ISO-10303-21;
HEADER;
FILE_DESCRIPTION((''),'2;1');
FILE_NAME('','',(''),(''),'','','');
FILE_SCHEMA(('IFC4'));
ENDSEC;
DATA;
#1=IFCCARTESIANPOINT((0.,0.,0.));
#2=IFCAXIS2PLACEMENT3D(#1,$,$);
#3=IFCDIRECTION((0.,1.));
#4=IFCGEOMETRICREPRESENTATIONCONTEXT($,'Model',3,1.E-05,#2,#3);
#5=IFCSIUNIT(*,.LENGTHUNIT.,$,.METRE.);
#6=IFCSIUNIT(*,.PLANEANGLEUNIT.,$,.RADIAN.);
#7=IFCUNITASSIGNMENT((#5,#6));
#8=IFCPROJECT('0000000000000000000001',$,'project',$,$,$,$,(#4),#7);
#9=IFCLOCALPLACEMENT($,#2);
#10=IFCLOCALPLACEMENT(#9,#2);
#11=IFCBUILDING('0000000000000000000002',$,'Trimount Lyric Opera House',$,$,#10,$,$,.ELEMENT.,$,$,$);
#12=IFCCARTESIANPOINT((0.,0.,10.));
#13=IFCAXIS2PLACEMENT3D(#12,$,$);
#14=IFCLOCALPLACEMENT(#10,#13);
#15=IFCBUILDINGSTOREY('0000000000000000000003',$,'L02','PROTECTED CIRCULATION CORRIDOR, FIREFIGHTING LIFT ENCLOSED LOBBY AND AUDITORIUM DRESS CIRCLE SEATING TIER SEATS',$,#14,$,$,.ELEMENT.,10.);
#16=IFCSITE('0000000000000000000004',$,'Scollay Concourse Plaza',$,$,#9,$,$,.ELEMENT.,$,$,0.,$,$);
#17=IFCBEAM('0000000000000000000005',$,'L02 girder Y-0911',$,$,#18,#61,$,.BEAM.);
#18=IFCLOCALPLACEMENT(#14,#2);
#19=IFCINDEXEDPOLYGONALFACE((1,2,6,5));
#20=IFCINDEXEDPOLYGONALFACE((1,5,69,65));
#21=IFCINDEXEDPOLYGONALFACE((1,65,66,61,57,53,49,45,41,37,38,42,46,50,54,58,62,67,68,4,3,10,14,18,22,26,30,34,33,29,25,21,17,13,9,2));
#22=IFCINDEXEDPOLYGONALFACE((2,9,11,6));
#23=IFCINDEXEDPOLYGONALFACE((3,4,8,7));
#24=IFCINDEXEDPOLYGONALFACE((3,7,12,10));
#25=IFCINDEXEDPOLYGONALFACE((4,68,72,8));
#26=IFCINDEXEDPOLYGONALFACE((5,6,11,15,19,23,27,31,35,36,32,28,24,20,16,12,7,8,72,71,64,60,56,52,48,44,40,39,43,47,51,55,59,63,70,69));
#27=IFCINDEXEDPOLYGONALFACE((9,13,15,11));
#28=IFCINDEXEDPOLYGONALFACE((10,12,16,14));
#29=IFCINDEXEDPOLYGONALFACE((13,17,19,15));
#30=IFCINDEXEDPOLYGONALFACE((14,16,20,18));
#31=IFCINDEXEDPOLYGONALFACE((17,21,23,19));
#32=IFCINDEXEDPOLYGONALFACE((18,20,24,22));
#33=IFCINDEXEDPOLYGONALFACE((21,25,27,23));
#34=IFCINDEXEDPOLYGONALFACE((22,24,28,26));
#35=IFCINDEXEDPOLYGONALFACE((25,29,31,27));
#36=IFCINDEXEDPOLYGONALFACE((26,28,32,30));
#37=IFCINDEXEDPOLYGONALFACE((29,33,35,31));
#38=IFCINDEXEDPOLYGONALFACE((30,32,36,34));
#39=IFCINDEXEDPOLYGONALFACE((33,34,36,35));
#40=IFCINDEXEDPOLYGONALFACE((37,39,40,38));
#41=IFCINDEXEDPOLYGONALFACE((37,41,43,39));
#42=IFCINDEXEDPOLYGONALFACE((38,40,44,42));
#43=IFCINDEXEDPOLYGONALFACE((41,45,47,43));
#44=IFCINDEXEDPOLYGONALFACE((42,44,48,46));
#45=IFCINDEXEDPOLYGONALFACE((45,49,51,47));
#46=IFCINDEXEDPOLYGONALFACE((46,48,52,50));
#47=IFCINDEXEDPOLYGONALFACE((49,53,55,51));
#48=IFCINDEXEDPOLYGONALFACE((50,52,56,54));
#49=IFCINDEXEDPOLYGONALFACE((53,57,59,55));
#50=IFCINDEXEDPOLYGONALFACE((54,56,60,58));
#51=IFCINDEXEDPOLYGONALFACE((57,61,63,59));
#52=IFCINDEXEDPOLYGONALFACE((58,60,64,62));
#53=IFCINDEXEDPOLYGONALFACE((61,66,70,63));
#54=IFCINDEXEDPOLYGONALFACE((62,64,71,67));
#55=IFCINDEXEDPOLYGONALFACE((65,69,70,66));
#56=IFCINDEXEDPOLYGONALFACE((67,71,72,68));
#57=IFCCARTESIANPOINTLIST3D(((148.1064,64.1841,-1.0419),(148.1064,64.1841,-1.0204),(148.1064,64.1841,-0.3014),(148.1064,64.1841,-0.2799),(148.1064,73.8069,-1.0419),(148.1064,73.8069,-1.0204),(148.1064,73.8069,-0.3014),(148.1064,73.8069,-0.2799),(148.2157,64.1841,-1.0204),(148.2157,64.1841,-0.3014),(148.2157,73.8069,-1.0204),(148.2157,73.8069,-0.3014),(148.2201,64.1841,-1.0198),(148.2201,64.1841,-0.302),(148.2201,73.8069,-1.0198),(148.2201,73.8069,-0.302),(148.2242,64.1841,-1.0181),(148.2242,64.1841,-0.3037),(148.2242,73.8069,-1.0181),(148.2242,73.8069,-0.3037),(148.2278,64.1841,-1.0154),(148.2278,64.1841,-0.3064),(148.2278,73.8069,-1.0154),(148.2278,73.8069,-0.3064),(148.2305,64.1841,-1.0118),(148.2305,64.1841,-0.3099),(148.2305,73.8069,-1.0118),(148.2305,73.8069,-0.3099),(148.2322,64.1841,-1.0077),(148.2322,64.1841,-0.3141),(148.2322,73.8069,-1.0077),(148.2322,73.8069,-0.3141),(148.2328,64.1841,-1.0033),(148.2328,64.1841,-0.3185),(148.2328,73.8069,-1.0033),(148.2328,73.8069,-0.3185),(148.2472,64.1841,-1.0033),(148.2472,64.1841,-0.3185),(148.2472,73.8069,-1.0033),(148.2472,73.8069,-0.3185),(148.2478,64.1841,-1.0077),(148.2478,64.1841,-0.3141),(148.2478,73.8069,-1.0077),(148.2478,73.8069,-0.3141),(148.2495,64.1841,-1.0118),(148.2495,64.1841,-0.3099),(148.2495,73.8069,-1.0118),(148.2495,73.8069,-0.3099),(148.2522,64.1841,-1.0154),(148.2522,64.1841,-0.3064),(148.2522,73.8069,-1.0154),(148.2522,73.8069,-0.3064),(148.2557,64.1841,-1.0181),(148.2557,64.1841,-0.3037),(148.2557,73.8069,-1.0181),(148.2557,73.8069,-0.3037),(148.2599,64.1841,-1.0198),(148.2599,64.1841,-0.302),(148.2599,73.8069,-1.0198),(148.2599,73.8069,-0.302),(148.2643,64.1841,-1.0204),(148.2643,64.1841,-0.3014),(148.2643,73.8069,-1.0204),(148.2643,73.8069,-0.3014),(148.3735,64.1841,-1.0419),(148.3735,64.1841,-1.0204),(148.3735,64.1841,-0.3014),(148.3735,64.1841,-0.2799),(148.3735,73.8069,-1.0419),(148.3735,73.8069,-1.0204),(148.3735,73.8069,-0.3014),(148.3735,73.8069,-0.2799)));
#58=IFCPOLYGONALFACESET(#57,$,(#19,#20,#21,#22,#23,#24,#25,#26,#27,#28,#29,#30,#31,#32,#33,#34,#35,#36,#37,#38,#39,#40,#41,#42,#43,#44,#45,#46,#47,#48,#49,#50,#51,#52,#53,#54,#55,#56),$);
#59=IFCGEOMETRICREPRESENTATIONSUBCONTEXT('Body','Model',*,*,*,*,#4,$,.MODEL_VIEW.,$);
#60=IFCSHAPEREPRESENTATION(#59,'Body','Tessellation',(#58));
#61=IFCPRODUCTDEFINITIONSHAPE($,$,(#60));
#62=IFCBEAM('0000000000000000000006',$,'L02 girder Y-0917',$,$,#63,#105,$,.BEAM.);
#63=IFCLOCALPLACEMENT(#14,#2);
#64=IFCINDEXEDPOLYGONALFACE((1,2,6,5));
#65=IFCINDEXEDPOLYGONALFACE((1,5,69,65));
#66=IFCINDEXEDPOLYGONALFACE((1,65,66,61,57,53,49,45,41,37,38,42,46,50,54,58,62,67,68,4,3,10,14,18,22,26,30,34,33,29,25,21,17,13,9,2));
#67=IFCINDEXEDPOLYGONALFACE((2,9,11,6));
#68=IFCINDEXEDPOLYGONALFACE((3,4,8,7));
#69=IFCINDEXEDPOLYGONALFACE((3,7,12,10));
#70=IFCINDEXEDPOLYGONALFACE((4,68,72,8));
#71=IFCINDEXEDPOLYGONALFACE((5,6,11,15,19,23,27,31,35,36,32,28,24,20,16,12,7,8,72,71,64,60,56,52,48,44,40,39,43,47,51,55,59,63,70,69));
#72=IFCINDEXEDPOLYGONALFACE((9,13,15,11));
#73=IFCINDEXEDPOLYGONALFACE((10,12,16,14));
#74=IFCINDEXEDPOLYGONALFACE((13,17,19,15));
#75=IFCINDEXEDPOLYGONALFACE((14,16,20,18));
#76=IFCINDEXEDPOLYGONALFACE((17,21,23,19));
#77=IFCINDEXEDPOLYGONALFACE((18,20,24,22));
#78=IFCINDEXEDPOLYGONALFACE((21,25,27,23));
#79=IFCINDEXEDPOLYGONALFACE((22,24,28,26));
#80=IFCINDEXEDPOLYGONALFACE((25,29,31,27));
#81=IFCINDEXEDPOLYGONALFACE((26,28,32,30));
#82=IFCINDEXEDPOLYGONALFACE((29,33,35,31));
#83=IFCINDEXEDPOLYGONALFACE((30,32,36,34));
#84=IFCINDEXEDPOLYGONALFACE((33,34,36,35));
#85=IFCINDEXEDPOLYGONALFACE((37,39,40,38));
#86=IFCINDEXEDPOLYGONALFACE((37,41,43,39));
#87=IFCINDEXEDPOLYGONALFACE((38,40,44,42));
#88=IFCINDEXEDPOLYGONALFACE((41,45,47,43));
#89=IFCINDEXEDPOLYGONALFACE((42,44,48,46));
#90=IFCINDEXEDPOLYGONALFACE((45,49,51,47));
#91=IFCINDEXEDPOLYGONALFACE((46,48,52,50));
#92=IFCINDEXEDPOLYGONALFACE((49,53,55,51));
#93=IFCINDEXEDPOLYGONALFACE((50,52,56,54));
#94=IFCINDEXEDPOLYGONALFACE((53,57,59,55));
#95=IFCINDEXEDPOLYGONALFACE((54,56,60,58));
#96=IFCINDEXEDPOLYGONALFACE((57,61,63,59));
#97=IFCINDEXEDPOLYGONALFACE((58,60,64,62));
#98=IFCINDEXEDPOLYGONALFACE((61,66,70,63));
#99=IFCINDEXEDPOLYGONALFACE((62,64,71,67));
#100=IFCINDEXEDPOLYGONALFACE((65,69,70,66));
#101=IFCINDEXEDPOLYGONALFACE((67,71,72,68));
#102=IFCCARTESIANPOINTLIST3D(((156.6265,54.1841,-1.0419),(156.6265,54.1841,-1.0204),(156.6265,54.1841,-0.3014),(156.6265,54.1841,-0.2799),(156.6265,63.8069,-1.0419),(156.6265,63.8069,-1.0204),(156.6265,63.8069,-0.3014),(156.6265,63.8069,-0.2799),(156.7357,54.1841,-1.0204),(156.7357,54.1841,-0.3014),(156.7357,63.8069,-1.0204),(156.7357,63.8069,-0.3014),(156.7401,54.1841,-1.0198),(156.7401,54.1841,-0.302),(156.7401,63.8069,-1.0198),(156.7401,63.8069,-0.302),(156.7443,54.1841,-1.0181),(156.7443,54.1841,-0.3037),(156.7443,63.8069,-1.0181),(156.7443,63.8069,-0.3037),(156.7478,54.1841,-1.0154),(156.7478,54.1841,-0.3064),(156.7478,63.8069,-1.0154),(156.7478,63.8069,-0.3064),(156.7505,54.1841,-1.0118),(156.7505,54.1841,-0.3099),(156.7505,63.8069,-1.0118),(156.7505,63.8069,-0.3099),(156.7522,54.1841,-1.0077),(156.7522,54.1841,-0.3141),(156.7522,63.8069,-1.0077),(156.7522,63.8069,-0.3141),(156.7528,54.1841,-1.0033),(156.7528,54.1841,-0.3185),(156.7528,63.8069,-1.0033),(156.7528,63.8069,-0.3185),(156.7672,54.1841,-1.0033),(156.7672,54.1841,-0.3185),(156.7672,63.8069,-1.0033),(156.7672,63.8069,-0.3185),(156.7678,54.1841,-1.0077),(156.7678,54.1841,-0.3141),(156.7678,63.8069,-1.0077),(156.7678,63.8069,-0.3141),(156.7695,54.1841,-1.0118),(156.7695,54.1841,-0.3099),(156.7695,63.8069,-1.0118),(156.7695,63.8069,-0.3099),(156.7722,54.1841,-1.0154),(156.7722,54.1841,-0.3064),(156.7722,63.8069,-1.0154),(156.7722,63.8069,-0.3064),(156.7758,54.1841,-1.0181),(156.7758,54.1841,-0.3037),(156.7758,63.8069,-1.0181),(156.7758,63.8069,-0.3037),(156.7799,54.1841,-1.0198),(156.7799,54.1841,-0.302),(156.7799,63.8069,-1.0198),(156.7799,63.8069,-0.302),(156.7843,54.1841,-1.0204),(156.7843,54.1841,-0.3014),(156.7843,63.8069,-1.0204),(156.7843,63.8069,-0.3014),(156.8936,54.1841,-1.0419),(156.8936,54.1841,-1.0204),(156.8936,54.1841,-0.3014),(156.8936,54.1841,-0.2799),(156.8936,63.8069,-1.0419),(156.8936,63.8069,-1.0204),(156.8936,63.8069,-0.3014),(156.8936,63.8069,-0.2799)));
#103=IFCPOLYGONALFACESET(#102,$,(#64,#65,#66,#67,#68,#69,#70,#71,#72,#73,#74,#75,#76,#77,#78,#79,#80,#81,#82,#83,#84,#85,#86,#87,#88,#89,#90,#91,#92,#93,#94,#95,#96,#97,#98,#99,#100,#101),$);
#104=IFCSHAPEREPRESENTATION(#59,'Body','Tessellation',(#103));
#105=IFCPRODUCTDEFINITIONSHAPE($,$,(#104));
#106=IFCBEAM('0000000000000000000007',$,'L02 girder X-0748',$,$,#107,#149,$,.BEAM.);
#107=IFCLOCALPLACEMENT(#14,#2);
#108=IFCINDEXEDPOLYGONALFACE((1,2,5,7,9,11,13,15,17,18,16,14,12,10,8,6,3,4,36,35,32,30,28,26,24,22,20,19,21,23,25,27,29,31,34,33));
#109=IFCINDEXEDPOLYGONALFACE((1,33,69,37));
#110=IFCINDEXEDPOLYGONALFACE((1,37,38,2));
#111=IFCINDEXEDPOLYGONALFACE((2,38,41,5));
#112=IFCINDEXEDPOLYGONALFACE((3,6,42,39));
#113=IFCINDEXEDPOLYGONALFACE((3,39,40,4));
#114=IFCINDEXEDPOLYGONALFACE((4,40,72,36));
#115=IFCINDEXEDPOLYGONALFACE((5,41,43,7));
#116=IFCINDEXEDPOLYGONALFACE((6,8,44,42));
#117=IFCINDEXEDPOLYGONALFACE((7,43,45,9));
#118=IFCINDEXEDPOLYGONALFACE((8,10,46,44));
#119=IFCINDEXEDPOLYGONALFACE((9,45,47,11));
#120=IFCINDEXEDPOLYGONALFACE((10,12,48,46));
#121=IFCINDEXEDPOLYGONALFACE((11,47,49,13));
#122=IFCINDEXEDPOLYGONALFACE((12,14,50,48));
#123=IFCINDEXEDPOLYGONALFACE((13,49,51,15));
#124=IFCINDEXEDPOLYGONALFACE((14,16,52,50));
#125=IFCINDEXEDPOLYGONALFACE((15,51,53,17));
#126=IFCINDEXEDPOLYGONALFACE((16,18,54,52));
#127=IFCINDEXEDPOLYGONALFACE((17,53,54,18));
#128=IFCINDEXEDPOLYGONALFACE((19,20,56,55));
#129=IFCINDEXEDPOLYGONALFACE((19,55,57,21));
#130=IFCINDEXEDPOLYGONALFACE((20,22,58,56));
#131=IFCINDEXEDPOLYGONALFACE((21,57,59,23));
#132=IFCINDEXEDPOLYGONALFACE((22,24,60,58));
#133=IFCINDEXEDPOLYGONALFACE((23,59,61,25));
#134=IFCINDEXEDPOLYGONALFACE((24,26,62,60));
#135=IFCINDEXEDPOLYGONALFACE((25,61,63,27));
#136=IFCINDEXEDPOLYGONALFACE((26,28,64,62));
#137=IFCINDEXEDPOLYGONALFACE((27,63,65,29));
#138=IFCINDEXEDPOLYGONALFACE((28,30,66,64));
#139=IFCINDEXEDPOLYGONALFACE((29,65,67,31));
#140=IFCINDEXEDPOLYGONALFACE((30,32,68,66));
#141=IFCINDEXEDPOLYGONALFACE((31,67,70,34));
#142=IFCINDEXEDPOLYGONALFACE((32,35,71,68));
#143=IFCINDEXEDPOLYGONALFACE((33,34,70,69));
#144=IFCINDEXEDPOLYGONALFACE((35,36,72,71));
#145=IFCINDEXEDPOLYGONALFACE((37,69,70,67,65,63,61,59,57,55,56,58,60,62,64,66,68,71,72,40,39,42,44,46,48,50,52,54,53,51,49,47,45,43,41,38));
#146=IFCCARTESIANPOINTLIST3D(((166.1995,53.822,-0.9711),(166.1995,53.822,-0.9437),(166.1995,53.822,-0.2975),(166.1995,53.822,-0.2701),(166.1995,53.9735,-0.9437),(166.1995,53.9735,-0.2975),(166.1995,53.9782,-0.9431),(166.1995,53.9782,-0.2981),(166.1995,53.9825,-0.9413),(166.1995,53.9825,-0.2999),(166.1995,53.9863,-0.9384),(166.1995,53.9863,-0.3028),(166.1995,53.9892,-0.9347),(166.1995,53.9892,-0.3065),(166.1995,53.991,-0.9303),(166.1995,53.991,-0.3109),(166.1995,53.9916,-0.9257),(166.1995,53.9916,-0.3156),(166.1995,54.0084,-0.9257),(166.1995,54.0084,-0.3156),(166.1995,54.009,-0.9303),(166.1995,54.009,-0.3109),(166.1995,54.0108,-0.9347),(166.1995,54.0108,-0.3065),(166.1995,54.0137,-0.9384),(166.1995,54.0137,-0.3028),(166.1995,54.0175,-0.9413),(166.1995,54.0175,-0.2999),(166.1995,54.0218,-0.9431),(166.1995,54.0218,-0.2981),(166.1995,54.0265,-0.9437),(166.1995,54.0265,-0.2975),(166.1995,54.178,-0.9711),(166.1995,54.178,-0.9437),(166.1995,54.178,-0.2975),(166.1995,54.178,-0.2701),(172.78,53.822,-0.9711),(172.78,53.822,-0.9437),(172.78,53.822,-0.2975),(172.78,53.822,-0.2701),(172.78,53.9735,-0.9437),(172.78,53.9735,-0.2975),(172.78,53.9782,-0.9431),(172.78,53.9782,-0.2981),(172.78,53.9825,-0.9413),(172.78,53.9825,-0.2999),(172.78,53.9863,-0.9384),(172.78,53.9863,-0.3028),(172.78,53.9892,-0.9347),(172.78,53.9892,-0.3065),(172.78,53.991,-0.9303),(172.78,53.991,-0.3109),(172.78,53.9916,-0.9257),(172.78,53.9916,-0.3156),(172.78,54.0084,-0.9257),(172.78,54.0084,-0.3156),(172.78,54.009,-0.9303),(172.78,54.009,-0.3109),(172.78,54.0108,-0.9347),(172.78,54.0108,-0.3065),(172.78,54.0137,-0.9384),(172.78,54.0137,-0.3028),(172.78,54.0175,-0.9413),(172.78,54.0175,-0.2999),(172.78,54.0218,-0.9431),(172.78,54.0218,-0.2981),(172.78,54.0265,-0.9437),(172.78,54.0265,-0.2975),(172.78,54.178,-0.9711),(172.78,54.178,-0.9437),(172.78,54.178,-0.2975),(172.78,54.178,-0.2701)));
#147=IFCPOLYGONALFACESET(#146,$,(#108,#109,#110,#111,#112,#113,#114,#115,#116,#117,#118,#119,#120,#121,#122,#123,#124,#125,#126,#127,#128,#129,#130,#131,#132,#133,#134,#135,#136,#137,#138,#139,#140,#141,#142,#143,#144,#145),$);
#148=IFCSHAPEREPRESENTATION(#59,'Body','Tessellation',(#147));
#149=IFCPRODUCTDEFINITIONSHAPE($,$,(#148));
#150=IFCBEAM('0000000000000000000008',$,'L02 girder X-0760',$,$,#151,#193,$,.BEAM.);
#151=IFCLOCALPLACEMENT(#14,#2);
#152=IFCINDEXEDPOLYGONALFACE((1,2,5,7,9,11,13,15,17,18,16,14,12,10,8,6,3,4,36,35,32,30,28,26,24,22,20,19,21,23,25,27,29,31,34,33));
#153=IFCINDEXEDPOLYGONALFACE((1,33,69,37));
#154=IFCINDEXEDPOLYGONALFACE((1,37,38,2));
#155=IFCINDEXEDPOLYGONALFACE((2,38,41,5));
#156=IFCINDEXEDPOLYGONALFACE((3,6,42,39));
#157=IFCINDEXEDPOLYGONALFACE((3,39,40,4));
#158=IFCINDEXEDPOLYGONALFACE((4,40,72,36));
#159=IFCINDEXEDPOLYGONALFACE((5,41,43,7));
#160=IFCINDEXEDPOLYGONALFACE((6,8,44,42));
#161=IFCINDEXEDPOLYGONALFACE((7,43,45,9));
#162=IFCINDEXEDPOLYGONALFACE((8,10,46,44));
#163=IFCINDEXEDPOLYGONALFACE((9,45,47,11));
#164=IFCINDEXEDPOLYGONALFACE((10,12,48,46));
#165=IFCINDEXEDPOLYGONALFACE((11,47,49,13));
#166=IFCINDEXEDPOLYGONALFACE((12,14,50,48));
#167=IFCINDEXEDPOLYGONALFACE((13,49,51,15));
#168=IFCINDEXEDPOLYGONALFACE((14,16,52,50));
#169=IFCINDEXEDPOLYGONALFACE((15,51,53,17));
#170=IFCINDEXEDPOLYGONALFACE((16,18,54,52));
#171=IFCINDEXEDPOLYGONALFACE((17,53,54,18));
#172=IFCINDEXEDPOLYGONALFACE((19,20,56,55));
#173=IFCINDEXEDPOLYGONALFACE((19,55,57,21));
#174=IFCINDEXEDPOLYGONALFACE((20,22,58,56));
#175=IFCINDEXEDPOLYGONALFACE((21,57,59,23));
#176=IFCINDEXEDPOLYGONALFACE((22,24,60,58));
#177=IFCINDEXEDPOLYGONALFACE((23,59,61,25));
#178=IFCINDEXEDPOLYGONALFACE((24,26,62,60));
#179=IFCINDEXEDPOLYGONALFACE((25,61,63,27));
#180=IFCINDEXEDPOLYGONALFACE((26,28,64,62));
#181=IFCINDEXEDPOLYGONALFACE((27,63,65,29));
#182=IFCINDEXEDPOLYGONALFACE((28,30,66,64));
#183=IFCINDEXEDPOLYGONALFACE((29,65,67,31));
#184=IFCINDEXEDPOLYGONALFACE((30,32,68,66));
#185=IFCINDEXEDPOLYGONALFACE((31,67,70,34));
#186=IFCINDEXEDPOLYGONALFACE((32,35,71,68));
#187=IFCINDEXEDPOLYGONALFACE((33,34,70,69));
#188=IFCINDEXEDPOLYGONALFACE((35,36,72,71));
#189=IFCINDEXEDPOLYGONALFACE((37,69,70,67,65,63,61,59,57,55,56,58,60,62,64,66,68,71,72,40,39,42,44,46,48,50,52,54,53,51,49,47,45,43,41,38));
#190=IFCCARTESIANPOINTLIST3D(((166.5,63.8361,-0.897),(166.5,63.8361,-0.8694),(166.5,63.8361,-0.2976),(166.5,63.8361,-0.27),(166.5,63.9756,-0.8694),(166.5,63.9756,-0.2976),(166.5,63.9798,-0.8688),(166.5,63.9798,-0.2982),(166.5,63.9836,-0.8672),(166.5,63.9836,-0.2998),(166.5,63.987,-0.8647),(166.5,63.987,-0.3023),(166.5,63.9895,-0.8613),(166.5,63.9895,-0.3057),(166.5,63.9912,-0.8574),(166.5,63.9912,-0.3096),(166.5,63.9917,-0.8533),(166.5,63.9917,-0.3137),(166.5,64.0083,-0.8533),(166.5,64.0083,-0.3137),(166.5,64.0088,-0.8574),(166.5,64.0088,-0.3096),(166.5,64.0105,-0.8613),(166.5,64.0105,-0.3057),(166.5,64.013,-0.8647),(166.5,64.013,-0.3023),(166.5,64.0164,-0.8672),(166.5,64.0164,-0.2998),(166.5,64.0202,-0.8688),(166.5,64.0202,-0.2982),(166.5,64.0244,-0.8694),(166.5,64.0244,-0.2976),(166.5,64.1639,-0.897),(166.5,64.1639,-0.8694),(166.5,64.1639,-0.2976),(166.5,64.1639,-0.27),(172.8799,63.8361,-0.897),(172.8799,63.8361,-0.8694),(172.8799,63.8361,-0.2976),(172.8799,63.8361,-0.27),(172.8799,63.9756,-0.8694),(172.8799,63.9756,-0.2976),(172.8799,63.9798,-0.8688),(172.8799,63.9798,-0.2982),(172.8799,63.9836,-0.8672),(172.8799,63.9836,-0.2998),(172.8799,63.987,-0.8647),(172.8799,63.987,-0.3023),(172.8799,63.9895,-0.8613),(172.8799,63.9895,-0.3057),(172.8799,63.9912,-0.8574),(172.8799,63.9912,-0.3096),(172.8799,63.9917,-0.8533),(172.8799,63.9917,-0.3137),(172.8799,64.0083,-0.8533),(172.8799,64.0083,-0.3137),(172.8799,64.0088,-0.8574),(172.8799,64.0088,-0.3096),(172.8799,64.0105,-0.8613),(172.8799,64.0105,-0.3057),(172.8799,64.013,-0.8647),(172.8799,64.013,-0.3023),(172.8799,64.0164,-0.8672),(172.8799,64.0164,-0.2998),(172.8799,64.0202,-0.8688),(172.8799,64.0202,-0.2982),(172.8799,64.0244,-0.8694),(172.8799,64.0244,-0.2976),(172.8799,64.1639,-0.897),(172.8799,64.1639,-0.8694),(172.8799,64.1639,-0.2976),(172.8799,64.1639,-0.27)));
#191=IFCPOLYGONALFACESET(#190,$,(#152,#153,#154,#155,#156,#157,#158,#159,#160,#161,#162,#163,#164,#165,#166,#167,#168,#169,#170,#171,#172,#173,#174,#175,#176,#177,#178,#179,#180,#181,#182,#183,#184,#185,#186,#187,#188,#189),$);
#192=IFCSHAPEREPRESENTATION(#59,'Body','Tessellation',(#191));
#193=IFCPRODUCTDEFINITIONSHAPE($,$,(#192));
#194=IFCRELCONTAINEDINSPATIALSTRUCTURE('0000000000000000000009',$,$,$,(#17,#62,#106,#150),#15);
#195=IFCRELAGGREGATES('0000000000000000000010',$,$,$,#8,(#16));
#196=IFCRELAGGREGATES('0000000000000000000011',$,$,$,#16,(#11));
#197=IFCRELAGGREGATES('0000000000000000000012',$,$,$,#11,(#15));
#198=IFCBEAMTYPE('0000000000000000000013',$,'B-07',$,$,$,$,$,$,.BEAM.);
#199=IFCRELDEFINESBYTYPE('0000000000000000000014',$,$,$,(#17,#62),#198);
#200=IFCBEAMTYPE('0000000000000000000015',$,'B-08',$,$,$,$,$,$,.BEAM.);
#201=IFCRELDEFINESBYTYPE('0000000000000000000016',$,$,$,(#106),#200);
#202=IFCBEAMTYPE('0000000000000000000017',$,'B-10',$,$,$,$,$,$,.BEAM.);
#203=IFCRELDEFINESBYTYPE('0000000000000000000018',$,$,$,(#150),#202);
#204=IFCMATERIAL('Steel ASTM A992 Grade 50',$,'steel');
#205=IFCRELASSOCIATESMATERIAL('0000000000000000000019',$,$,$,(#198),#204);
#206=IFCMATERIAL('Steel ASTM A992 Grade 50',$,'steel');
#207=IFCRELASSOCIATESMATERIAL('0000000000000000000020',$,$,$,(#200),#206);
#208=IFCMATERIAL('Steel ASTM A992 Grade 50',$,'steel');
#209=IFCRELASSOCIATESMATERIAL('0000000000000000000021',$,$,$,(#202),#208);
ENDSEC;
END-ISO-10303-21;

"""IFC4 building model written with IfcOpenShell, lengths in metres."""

from ifc_helpers import new_model, si_unit, direction, frame, origin, origin_2d, place, context, subcontext, project, spatial, i_section, extrude, material, material_profile, profile_set, type_object, element, save


model = new_model("IFC4")

# Units and contexts
model_context = context("Model", 3, precision=1e-05, world=origin(), true_north=direction((0.0, 1.0)))
body_context = subcontext(model_context, "Body", "Model", "MODEL_VIEW")
ifc_project = project(units=[si_unit("LENGTHUNIT", "METRE"), si_unit("PLANEANGLEUNIT", "RADIAN")], contexts=[model_context])

# Site, building, storey
site_placement = place(None, origin())
site = spatial("IfcSite", under=ifc_project, at=site_placement, Name="Scollay Concourse Plaza", CompositionType="ELEMENT", RefElevation=0.0)
building_placement = place(site_placement, origin())
building = spatial("IfcBuilding", under=site, at=building_placement, Name="Trimount Lyric Opera House", CompositionType="ELEMENT")
storey_placement = place(building_placement, frame((0.0, 0.0, 10.0)))
storey = spatial("IfcBuildingStorey", under=building, at=storey_placement, Name="L02", Description="PROTECTED CIRCULATION CORRIDOR, FIREFIGHTING LIFT ENCLOSED LOBBY AND AUDITORIUM DRESS CIRCLE SEATING TIER SEATS", CompositionType="ELEMENT", Elevation=10.0)

# Beams
ifc_material_1 = material(Name="Steel ASTM A992 Grade 50", Category="steel")
ifc_material_profile_1 = material_profile(ifc_material_1, i_section(OverallWidth=0.2671, OverallDepth=0.762, WebThickness=0.0144, FlangeThickness=0.0215, FilletRadius=0.0171, at=origin_2d()), Name="W30X116")
ifc_profile_set_1 = profile_set([ifc_material_profile_1], Name="Steel ASTM A992 Grade 50")
beam_type_1 = type_object("IfcBeamType", Name="B-07", PredefinedType="BEAM", material=ifc_profile_set_1)
for number, where, z_axis, x_axis, name in (
    (1, (148.24, 64.1841, -0.6609), (0.0, 1.0, 0.0), (-1.0, 0.0, 0.0), "L02 girder Y-0911"),
    (2, (156.76, 54.1841, -0.6609), (0.0, 1.0, 0.0), (-1.0, 0.0, 0.0), "L02 girder Y-0917"),
):
    element("IfcBeam", number, at=place(storey_placement, frame(where, z_axis=z_axis, x_axis=x_axis)), inside=storey, type_object=beam_type_1, Name=name, PredefinedType="BEAM", context=body_context, shape_type="SweptSolid", body=[
        extrude(i_section(OverallWidth=0.2671, OverallDepth=0.762, WebThickness=0.0144, FlangeThickness=0.0215, FilletRadius=0.0171, at=origin_2d()), origin(), (0.0, 0.0, 1.0), 9.6228),
    ])
ifc_material_2 = material(Name="Steel ASTM A992 Grade 50", Category="steel")
ifc_material_profile_2 = material_profile(ifc_material_2, i_section(OverallWidth=0.356, OverallDepth=0.7009, WebThickness=0.0168, FlangeThickness=0.0273, FilletRadius=0.0181, at=origin_2d()), Name="W27X161")
ifc_profile_set_2 = profile_set([ifc_material_profile_2], Name="Steel ASTM A992 Grade 50")
beam_type_2 = type_object("IfcBeamType", Name="B-08", PredefinedType="BEAM", material=ifc_profile_set_2)
beam_1_placement = place(storey_placement, frame((166.1995, 54.0, -0.6206), z_axis=(1.0, 0.0, 0.0), x_axis=(0.0, 1.0, 0.0)))
element("IfcBeam", 3, at=beam_1_placement, inside=storey, type_object=beam_type_2, Name="L02 girder X-0748", PredefinedType="BEAM", context=body_context, shape_type="SweptSolid", body=[
    extrude(i_section(OverallWidth=0.356, OverallDepth=0.7009, WebThickness=0.0168, FlangeThickness=0.0273, FilletRadius=0.0181, at=origin_2d()), origin(), (0.0, 0.0, 1.0), 6.5806),
])
ifc_material_3 = material(Name="Steel ASTM A992 Grade 50", Category="steel")
ifc_material_profile_3 = material_profile(ifc_material_3, i_section(OverallWidth=0.3279, OverallDepth=0.627, WebThickness=0.0166, FlangeThickness=0.0276, FilletRadius=0.0161, at=origin_2d()), Name="W24X146")
ifc_profile_set_3 = profile_set([ifc_material_profile_3], Name="Steel ASTM A992 Grade 50")
beam_type_3 = type_object("IfcBeamType", Name="B-10", PredefinedType="BEAM", material=ifc_profile_set_3)
beam_2_placement = place(storey_placement, frame((166.5, 64.0, -0.5835), z_axis=(1.0, 0.0, 0.0), x_axis=(0.0, 1.0, 0.0)))
element("IfcBeam", 4, at=beam_2_placement, inside=storey, type_object=beam_type_3, Name="L02 girder X-0760", PredefinedType="BEAM", context=body_context, shape_type="SweptSolid", body=[
    extrude(i_section(OverallWidth=0.3279, OverallDepth=0.627, WebThickness=0.0166, FlangeThickness=0.0276, FilletRadius=0.0161, at=origin_2d()), origin(), (0.0, 0.0, 1.0), 6.3799),
])

save(model, "model.ifc")
